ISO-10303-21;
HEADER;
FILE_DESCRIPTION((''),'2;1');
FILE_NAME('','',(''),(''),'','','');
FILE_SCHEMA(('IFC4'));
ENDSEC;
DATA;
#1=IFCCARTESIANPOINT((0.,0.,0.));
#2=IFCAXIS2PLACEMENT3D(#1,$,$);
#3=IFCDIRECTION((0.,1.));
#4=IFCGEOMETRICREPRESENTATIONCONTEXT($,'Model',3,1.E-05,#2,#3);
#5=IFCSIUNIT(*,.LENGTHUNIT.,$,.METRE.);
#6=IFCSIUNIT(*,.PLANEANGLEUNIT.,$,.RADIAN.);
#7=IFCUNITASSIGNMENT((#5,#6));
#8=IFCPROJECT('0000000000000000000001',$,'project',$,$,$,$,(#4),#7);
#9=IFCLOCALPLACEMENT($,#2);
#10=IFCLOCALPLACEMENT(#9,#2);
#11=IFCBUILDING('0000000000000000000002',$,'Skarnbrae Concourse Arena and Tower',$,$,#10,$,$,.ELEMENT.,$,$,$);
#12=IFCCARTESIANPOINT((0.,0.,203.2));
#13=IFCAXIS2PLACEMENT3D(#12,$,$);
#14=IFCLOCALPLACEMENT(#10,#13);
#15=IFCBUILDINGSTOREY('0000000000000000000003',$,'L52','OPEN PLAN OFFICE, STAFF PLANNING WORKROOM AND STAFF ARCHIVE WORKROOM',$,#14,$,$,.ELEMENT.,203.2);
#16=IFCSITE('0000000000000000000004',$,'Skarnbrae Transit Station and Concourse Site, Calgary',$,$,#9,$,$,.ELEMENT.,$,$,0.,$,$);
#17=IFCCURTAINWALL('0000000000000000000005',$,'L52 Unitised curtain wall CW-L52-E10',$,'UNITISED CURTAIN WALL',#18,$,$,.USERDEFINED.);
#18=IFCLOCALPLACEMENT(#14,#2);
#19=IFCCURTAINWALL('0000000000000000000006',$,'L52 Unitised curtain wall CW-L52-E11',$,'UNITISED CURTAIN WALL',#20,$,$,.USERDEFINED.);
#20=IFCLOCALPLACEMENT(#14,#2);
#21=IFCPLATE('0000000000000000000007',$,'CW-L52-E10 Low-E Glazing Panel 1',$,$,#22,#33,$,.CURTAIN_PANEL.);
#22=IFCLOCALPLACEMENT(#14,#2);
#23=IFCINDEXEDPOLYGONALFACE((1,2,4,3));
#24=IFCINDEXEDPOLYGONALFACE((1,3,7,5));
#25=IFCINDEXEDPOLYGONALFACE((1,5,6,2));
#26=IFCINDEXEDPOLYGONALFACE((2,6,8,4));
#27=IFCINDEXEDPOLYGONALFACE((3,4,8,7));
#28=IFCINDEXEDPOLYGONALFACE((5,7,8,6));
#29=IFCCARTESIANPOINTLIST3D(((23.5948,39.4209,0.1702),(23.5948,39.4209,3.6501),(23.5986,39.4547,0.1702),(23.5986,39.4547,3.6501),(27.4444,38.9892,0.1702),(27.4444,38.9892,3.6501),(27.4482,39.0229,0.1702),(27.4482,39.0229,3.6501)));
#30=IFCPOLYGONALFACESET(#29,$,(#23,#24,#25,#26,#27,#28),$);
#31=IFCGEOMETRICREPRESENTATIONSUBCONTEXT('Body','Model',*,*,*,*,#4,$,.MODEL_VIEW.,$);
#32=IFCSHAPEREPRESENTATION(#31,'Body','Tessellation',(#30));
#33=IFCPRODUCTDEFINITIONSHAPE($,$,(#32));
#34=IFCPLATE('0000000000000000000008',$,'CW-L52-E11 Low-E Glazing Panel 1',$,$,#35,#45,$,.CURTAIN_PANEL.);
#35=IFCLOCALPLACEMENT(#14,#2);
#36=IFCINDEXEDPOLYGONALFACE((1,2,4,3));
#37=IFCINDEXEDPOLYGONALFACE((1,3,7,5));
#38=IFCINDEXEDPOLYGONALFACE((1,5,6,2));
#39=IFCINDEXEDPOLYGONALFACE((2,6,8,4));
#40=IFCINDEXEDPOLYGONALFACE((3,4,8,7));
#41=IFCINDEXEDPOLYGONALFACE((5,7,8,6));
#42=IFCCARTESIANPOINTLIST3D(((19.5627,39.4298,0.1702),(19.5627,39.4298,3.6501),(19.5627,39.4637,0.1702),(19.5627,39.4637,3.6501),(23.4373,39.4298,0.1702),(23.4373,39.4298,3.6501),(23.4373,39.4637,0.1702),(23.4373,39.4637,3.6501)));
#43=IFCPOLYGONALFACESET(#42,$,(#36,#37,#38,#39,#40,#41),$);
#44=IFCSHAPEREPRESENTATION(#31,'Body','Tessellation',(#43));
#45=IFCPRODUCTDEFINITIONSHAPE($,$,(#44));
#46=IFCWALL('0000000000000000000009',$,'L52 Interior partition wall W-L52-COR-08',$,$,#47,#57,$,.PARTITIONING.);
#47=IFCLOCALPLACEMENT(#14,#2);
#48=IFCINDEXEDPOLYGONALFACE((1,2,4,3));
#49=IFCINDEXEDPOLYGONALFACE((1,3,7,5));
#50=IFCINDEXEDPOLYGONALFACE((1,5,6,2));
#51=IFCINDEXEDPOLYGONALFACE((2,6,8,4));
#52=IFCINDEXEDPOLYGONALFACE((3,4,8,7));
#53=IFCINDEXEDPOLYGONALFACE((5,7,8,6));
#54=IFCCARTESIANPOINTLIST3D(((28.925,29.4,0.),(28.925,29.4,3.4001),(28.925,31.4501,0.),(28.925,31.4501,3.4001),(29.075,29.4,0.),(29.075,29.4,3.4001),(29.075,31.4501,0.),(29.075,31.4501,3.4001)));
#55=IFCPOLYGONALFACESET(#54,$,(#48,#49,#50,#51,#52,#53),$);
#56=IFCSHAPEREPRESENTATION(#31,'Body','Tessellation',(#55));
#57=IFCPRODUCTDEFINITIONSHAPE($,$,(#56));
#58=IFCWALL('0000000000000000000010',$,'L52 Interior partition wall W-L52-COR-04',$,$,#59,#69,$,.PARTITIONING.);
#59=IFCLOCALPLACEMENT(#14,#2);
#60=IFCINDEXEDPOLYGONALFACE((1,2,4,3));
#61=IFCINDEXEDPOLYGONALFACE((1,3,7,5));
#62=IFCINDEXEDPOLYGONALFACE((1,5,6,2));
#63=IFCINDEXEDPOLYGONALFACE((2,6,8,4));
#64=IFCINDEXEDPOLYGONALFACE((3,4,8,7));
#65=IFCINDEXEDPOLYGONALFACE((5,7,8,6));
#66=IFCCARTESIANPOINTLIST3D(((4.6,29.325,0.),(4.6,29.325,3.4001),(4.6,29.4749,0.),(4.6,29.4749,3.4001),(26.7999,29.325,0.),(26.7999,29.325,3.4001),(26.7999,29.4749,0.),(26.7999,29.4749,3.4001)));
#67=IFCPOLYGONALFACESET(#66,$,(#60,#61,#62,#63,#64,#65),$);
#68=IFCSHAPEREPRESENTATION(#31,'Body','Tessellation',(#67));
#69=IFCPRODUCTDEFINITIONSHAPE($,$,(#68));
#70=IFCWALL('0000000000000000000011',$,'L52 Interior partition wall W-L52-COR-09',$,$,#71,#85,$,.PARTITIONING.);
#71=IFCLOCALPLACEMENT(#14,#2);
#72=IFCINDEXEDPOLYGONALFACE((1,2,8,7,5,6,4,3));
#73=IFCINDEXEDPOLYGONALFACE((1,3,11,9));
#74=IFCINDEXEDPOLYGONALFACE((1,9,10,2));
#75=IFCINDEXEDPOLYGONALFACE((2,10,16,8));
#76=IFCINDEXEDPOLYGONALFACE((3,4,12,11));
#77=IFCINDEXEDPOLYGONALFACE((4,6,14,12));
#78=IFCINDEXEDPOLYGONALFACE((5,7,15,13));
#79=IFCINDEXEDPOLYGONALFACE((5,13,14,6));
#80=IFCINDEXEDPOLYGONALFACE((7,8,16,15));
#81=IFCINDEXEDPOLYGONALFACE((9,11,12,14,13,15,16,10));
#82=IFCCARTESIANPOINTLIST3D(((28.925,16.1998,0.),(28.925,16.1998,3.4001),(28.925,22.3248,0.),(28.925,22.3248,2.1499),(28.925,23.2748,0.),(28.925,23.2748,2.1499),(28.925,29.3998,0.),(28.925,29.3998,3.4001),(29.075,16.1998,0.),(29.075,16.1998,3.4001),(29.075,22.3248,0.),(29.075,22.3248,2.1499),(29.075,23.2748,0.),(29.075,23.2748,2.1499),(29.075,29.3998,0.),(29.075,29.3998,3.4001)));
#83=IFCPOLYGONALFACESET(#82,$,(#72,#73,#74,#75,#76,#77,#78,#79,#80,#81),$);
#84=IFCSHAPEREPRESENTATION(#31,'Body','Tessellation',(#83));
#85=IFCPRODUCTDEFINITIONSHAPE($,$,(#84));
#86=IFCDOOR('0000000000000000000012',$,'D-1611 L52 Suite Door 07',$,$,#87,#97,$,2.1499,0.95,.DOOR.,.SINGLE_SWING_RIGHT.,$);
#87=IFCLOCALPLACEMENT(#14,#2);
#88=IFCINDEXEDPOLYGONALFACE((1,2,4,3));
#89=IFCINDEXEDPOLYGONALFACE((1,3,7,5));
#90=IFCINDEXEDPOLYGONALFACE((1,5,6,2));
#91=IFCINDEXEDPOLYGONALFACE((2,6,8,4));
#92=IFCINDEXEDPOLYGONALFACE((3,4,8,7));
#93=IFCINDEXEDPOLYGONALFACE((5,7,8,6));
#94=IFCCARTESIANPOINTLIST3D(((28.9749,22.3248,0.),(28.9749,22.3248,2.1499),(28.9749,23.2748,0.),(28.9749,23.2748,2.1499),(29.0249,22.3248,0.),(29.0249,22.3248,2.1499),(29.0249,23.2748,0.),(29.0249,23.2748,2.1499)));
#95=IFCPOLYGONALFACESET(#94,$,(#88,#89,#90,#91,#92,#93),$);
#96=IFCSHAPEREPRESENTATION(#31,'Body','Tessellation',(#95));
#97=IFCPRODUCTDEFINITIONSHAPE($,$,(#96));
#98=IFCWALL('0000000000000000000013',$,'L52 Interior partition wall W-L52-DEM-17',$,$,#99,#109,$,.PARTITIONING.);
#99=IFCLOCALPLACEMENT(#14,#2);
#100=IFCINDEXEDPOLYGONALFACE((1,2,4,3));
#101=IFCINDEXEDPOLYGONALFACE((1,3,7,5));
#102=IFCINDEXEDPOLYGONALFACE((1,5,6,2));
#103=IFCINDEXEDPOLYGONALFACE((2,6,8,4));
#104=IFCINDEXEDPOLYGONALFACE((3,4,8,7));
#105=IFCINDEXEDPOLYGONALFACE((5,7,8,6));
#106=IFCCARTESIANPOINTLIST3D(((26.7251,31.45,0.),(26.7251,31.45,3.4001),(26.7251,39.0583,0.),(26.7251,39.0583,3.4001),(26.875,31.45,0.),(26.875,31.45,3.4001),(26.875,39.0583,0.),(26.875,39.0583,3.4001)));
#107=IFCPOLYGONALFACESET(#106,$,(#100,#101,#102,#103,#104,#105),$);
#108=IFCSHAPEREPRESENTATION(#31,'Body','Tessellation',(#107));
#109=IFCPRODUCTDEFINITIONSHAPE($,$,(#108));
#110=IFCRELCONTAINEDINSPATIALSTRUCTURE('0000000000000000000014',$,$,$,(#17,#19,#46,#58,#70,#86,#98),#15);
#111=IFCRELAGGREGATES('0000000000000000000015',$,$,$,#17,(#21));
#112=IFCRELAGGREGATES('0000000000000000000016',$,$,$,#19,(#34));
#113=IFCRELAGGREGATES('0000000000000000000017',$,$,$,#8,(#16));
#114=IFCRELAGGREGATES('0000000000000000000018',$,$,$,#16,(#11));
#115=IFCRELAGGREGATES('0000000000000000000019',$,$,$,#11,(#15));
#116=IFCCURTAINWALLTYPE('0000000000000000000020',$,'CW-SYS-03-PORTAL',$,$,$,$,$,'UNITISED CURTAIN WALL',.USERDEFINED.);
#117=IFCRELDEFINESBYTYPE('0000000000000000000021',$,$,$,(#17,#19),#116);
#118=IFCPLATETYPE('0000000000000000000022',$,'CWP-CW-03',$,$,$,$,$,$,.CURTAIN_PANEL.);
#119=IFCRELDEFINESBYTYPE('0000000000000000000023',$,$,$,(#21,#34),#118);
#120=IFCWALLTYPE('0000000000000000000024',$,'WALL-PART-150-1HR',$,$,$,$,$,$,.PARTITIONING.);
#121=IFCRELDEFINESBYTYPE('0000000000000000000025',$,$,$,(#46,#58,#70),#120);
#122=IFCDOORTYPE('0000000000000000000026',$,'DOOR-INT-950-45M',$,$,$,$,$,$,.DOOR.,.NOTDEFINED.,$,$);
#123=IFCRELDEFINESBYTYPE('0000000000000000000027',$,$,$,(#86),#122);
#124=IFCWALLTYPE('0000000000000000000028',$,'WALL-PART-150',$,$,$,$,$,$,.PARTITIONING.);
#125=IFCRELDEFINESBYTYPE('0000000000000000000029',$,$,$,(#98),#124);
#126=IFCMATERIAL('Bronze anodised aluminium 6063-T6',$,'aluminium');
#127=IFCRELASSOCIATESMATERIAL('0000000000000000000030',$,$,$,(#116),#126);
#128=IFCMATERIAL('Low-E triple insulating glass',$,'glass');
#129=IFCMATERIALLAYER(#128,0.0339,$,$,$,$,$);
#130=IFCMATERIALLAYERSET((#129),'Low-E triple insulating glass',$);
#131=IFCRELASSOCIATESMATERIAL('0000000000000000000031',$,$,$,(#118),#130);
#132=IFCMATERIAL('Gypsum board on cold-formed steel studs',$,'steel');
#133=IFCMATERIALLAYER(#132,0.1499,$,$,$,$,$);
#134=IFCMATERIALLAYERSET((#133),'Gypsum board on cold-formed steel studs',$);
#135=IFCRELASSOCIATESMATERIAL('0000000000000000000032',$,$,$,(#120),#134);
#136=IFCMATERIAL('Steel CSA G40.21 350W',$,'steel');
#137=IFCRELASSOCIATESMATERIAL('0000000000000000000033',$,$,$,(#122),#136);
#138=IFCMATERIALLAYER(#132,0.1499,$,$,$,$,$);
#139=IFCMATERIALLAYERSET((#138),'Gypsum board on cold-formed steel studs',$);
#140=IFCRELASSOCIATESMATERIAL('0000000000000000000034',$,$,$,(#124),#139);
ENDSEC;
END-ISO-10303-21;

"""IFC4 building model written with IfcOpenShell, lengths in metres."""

from ifc_helpers import new_model, si_unit, direction, frame, frame_2d, origin, origin_2d, place, context, subcontext, project, spatial, rectangle, extrude, source, transform, mapped, material, layer, layer_set, type_object, element, fill, aggregate, save


model = new_model("IFC4")

# Units and contexts
model_context = context("Model", 3, precision=1e-05, world=origin(), true_north=direction((0.0, 1.0)))
body_context = subcontext(model_context, "Body", "Model", "MODEL_VIEW")
ifc_project = project(units=[si_unit("LENGTHUNIT", "METRE"), si_unit("PLANEANGLEUNIT", "RADIAN")], contexts=[model_context])

# Site, building, storey
site_placement = place(None, origin())
site = spatial("IfcSite", under=ifc_project, at=site_placement, Name="Skarnbrae Transit Station and Concourse Site, Calgary", CompositionType="ELEMENT", RefElevation=0.0)
building_placement = place(site_placement, origin())
building = spatial("IfcBuilding", under=site, at=building_placement, Name="Skarnbrae Concourse Arena and Tower", CompositionType="ELEMENT")
storey_placement = place(building_placement, frame((0.0, 0.0, 203.2)))
storey = spatial("IfcBuildingStorey", under=building, at=storey_placement, Name="L52", Description="OPEN PLAN OFFICE, STAFF PLANNING WORKROOM AND STAFF ARCHIVE WORKROOM", CompositionType="ELEMENT", Elevation=203.2)

# Shared definitions
ifc_material_1 = material(Name="Steel CSA G40.21 350W", Category="steel")

# Shared definitions
ifc_material_2 = material(Name="Bronze anodised aluminium 6063-T6", Category="aluminium")
curtain_wall_type = type_object("IfcCurtainWallType", Name="CW-SYS-03-PORTAL", ElementType="UNITISED CURTAIN WALL", PredefinedType="USERDEFINED", material=ifc_material_2)

# Curtain wall
curtain_wall_1_placement = place(storey_placement, origin())
curtain_wall_1 = element("IfcCurtainWall", 1, at=curtain_wall_1_placement, inside=storey, type_object=curtain_wall_type, Name="L52 Unitised curtain wall CW-L52-E10", ObjectType="UNITISED CURTAIN WALL", PredefinedType="USERDEFINED")

# Curtain wall
curtain_wall_2_placement = place(storey_placement, origin())
curtain_wall_2 = element("IfcCurtainWall", 2, at=curtain_wall_2_placement, inside=storey, type_object=curtain_wall_type, Name="L52 Unitised curtain wall CW-L52-E11", ObjectType="UNITISED CURTAIN WALL", PredefinedType="USERDEFINED")

# Plates
ifc_material_3 = material(Name="Low-E triple insulating glass", Category="glass")
ifc_layer_1 = layer(ifc_material_3, 0.0339)
ifc_layer_set_1 = layer_set([ifc_layer_1], Name="Low-E triple insulating glass")
plate_type = type_object("IfcPlateType", Name="CWP-CW-03", PredefinedType="CURTAIN_PANEL", material=ifc_layer_set_1)
shared_shape_1 = source(origin(), body_context, "Body", "SweptSolid", [
    extrude(rectangle(XDim=3.8738, YDim=0.0339, at=origin_2d()), origin(), (0.0, 0.0, 1.0), 3.48),
])
plate_1_placement = place(storey_placement, frame((25.5215, 39.2219, 0.1702), z_axis=(0.0, 0.0, 1.0), x_axis=(-0.993769, 0.11146, 0.0)))
plate_1 = element("IfcPlate", 3, at=plate_1_placement, type_object=plate_type, Name="CW-L52-E10 Low-E Glazing Panel 1", PredefinedType="CURTAIN_PANEL", context=body_context, shape_type="MappedRepresentation", body=[
    mapped(shared_shape_1, transform((0.0, 0.0, 0.0))),
])
aggregate(curtain_wall_1, [plate_1])
shared_shape_2 = source(origin(), body_context, "Body", "SweptSolid", [
    extrude(rectangle(XDim=3.8745, YDim=0.0339, at=origin_2d()), origin(), (0.0, 0.0, 1.0), 3.48),
])
plate_2_placement = place(storey_placement, frame((21.5, 39.4468, 0.1702), z_axis=(0.0, 0.0, 1.0), x_axis=(-1.0, 0.0, 0.0)))
plate_2 = element("IfcPlate", 4, at=plate_2_placement, type_object=plate_type, Name="CW-L52-E11 Low-E Glazing Panel 1", PredefinedType="CURTAIN_PANEL", context=body_context, shape_type="MappedRepresentation", body=[
    mapped(shared_shape_2, transform((0.0, 0.0, 0.0))),
])
aggregate(curtain_wall_2, [plate_2])

# Wall
ifc_material_4 = material(Name="Gypsum board on cold-formed steel studs", Category="steel")
ifc_layer_2 = layer(ifc_material_4, 0.1499)
ifc_layer_set_2 = layer_set([ifc_layer_2], Name="Gypsum board on cold-formed steel studs")
wall_type_1 = type_object("IfcWallType", Name="WALL-PART-150-1HR", PredefinedType="PARTITIONING", material=ifc_layer_set_2)
shared_shape_3 = source(origin(), body_context, "Body", "SweptSolid", [
    extrude(rectangle(XDim=2.05, YDim=0.1499, at=frame_2d((1.0249, 0.0))), origin(), (0.0, 0.0, 1.0), 3.4001),
])
wall_1_placement = place(storey_placement, frame((29.0, 31.45, 0.0), z_axis=(0.0, 0.0, 1.0), x_axis=(0.0, -1.0, 0.0)))
element("IfcWall", 5, at=wall_1_placement, inside=storey, type_object=wall_type_1, Name="L52 Interior partition wall W-L52-COR-08", PredefinedType="PARTITIONING", context=body_context, shape_type="MappedRepresentation", body=[
    mapped(shared_shape_3, transform((0.0, 0.0, 0.0))),
])

# Shared definitions
door_type = type_object("IfcDoorType", Name="DOOR-INT-950-45M", OperationType="NOTDEFINED", PredefinedType="DOOR", material=ifc_material_1)
shared_shape_4 = source(origin(), body_context, "Body", "SweptSolid", [
    extrude(rectangle(XDim=0.95, YDim=2.1499, at=frame_2d((0.4751, 1.075))), frame((0.0, 0.0249, 0.0), z_axis=(0.0, -1.0, 0.0), x_axis=(1.0, 0.0, 0.0)), (0.0, 0.0, 1.0), 0.05),
])

# Wall
shared_shape_5 = source(origin(), body_context, "Body", "SweptSolid", [
    extrude(rectangle(XDim=22.2, YDim=0.1499, at=frame_2d((11.1001, 0.0))), origin(), (0.0, 0.0, 1.0), 3.4001),
])
wall_2_placement = place(storey_placement, frame((26.8, 29.3999, 0.0), z_axis=(0.0, 0.0, 1.0), x_axis=(-1.0, 0.0, 0.0)))
element("IfcWall", 6, at=wall_2_placement, inside=storey, type_object=wall_type_1, Name="L52 Interior partition wall W-L52-COR-04", PredefinedType="PARTITIONING", context=body_context, shape_type="MappedRepresentation", body=[
    mapped(shared_shape_5, transform((0.0, 0.0, 0.0))),
])

# Wall, opening, door
shared_shape_6 = source(origin(), body_context, "Body", "SweptSolid", [
    extrude(rectangle(XDim=13.2, YDim=0.1499, at=frame_2d((6.6001, 0.0))), origin(), (0.0, 0.0, 1.0), 3.4001),
])
wall_3_placement = place(storey_placement, frame((29.0, 29.3999, 0.0), z_axis=(0.0, 0.0, 1.0), x_axis=(0.0, -1.0, 0.0)))
wall_3 = element("IfcWall", 7, at=wall_3_placement, inside=storey, type_object=wall_type_1, Name="L52 Interior partition wall W-L52-COR-09", PredefinedType="PARTITIONING", context=body_context, shape_type="MappedRepresentation", body=[
    mapped(shared_shape_6, transform((0.0, 0.0, 0.0))),
])
opening_1_placement = place(wall_3_placement, frame((6.125, 0.0, 0.0)))
opening_1 = element("IfcOpeningElement", 8, at=opening_1_placement, cuts=wall_3, PredefinedType="OPENING", context=body_context, shape_type="SweptSolid", body=[
    extrude(rectangle(XDim=0.95, YDim=2.1499, at=frame_2d((0.4751, 1.075))), frame((0.0, 0.085, 0.0), z_axis=(0.0, -1.0, 0.0), x_axis=(1.0, 0.0, 0.0)), (0.0, 0.0, 1.0), 0.1699),
])
door_1_placement = place(opening_1_placement, origin())
door_1 = element("IfcDoor", 9, at=door_1_placement, inside=storey, type_object=door_type, Name="D-1611 L52 Suite Door 07", OperationType="SINGLE_SWING_RIGHT", OverallHeight=2.1499, OverallWidth=0.95, PredefinedType="DOOR", context=body_context, shape_type="MappedRepresentation", body=[
    mapped(shared_shape_4, transform((0.0, 0.0, 0.0))),
])
fill(opening_1, door_1)

# Wall
ifc_layer_3 = layer(ifc_material_4, 0.1499)
ifc_layer_set_3 = layer_set([ifc_layer_3], Name="Gypsum board on cold-formed steel studs")
wall_type_2 = type_object("IfcWallType", Name="WALL-PART-150", PredefinedType="PARTITIONING", material=ifc_layer_set_3)
shared_shape_7 = source(origin(), body_context, "Body", "SweptSolid", [
    extrude(rectangle(XDim=7.6084, YDim=0.1499, at=frame_2d((3.8042, 0.0))), origin(), (0.0, 0.0, 1.0), 3.4001),
])
wall_4_placement = place(storey_placement, frame((26.8, 39.0583, 0.0), z_axis=(0.0, 0.0, 1.0), x_axis=(0.0, -1.0, 0.0)))
element("IfcWall", 10, at=wall_4_placement, inside=storey, type_object=wall_type_2, Name="L52 Interior partition wall W-L52-DEM-17", PredefinedType="PARTITIONING", context=body_context, shape_type="MappedRepresentation", body=[
    mapped(shared_shape_7, transform((0.0, 0.0, 0.0))),
])

save(model, "model.ifc")
